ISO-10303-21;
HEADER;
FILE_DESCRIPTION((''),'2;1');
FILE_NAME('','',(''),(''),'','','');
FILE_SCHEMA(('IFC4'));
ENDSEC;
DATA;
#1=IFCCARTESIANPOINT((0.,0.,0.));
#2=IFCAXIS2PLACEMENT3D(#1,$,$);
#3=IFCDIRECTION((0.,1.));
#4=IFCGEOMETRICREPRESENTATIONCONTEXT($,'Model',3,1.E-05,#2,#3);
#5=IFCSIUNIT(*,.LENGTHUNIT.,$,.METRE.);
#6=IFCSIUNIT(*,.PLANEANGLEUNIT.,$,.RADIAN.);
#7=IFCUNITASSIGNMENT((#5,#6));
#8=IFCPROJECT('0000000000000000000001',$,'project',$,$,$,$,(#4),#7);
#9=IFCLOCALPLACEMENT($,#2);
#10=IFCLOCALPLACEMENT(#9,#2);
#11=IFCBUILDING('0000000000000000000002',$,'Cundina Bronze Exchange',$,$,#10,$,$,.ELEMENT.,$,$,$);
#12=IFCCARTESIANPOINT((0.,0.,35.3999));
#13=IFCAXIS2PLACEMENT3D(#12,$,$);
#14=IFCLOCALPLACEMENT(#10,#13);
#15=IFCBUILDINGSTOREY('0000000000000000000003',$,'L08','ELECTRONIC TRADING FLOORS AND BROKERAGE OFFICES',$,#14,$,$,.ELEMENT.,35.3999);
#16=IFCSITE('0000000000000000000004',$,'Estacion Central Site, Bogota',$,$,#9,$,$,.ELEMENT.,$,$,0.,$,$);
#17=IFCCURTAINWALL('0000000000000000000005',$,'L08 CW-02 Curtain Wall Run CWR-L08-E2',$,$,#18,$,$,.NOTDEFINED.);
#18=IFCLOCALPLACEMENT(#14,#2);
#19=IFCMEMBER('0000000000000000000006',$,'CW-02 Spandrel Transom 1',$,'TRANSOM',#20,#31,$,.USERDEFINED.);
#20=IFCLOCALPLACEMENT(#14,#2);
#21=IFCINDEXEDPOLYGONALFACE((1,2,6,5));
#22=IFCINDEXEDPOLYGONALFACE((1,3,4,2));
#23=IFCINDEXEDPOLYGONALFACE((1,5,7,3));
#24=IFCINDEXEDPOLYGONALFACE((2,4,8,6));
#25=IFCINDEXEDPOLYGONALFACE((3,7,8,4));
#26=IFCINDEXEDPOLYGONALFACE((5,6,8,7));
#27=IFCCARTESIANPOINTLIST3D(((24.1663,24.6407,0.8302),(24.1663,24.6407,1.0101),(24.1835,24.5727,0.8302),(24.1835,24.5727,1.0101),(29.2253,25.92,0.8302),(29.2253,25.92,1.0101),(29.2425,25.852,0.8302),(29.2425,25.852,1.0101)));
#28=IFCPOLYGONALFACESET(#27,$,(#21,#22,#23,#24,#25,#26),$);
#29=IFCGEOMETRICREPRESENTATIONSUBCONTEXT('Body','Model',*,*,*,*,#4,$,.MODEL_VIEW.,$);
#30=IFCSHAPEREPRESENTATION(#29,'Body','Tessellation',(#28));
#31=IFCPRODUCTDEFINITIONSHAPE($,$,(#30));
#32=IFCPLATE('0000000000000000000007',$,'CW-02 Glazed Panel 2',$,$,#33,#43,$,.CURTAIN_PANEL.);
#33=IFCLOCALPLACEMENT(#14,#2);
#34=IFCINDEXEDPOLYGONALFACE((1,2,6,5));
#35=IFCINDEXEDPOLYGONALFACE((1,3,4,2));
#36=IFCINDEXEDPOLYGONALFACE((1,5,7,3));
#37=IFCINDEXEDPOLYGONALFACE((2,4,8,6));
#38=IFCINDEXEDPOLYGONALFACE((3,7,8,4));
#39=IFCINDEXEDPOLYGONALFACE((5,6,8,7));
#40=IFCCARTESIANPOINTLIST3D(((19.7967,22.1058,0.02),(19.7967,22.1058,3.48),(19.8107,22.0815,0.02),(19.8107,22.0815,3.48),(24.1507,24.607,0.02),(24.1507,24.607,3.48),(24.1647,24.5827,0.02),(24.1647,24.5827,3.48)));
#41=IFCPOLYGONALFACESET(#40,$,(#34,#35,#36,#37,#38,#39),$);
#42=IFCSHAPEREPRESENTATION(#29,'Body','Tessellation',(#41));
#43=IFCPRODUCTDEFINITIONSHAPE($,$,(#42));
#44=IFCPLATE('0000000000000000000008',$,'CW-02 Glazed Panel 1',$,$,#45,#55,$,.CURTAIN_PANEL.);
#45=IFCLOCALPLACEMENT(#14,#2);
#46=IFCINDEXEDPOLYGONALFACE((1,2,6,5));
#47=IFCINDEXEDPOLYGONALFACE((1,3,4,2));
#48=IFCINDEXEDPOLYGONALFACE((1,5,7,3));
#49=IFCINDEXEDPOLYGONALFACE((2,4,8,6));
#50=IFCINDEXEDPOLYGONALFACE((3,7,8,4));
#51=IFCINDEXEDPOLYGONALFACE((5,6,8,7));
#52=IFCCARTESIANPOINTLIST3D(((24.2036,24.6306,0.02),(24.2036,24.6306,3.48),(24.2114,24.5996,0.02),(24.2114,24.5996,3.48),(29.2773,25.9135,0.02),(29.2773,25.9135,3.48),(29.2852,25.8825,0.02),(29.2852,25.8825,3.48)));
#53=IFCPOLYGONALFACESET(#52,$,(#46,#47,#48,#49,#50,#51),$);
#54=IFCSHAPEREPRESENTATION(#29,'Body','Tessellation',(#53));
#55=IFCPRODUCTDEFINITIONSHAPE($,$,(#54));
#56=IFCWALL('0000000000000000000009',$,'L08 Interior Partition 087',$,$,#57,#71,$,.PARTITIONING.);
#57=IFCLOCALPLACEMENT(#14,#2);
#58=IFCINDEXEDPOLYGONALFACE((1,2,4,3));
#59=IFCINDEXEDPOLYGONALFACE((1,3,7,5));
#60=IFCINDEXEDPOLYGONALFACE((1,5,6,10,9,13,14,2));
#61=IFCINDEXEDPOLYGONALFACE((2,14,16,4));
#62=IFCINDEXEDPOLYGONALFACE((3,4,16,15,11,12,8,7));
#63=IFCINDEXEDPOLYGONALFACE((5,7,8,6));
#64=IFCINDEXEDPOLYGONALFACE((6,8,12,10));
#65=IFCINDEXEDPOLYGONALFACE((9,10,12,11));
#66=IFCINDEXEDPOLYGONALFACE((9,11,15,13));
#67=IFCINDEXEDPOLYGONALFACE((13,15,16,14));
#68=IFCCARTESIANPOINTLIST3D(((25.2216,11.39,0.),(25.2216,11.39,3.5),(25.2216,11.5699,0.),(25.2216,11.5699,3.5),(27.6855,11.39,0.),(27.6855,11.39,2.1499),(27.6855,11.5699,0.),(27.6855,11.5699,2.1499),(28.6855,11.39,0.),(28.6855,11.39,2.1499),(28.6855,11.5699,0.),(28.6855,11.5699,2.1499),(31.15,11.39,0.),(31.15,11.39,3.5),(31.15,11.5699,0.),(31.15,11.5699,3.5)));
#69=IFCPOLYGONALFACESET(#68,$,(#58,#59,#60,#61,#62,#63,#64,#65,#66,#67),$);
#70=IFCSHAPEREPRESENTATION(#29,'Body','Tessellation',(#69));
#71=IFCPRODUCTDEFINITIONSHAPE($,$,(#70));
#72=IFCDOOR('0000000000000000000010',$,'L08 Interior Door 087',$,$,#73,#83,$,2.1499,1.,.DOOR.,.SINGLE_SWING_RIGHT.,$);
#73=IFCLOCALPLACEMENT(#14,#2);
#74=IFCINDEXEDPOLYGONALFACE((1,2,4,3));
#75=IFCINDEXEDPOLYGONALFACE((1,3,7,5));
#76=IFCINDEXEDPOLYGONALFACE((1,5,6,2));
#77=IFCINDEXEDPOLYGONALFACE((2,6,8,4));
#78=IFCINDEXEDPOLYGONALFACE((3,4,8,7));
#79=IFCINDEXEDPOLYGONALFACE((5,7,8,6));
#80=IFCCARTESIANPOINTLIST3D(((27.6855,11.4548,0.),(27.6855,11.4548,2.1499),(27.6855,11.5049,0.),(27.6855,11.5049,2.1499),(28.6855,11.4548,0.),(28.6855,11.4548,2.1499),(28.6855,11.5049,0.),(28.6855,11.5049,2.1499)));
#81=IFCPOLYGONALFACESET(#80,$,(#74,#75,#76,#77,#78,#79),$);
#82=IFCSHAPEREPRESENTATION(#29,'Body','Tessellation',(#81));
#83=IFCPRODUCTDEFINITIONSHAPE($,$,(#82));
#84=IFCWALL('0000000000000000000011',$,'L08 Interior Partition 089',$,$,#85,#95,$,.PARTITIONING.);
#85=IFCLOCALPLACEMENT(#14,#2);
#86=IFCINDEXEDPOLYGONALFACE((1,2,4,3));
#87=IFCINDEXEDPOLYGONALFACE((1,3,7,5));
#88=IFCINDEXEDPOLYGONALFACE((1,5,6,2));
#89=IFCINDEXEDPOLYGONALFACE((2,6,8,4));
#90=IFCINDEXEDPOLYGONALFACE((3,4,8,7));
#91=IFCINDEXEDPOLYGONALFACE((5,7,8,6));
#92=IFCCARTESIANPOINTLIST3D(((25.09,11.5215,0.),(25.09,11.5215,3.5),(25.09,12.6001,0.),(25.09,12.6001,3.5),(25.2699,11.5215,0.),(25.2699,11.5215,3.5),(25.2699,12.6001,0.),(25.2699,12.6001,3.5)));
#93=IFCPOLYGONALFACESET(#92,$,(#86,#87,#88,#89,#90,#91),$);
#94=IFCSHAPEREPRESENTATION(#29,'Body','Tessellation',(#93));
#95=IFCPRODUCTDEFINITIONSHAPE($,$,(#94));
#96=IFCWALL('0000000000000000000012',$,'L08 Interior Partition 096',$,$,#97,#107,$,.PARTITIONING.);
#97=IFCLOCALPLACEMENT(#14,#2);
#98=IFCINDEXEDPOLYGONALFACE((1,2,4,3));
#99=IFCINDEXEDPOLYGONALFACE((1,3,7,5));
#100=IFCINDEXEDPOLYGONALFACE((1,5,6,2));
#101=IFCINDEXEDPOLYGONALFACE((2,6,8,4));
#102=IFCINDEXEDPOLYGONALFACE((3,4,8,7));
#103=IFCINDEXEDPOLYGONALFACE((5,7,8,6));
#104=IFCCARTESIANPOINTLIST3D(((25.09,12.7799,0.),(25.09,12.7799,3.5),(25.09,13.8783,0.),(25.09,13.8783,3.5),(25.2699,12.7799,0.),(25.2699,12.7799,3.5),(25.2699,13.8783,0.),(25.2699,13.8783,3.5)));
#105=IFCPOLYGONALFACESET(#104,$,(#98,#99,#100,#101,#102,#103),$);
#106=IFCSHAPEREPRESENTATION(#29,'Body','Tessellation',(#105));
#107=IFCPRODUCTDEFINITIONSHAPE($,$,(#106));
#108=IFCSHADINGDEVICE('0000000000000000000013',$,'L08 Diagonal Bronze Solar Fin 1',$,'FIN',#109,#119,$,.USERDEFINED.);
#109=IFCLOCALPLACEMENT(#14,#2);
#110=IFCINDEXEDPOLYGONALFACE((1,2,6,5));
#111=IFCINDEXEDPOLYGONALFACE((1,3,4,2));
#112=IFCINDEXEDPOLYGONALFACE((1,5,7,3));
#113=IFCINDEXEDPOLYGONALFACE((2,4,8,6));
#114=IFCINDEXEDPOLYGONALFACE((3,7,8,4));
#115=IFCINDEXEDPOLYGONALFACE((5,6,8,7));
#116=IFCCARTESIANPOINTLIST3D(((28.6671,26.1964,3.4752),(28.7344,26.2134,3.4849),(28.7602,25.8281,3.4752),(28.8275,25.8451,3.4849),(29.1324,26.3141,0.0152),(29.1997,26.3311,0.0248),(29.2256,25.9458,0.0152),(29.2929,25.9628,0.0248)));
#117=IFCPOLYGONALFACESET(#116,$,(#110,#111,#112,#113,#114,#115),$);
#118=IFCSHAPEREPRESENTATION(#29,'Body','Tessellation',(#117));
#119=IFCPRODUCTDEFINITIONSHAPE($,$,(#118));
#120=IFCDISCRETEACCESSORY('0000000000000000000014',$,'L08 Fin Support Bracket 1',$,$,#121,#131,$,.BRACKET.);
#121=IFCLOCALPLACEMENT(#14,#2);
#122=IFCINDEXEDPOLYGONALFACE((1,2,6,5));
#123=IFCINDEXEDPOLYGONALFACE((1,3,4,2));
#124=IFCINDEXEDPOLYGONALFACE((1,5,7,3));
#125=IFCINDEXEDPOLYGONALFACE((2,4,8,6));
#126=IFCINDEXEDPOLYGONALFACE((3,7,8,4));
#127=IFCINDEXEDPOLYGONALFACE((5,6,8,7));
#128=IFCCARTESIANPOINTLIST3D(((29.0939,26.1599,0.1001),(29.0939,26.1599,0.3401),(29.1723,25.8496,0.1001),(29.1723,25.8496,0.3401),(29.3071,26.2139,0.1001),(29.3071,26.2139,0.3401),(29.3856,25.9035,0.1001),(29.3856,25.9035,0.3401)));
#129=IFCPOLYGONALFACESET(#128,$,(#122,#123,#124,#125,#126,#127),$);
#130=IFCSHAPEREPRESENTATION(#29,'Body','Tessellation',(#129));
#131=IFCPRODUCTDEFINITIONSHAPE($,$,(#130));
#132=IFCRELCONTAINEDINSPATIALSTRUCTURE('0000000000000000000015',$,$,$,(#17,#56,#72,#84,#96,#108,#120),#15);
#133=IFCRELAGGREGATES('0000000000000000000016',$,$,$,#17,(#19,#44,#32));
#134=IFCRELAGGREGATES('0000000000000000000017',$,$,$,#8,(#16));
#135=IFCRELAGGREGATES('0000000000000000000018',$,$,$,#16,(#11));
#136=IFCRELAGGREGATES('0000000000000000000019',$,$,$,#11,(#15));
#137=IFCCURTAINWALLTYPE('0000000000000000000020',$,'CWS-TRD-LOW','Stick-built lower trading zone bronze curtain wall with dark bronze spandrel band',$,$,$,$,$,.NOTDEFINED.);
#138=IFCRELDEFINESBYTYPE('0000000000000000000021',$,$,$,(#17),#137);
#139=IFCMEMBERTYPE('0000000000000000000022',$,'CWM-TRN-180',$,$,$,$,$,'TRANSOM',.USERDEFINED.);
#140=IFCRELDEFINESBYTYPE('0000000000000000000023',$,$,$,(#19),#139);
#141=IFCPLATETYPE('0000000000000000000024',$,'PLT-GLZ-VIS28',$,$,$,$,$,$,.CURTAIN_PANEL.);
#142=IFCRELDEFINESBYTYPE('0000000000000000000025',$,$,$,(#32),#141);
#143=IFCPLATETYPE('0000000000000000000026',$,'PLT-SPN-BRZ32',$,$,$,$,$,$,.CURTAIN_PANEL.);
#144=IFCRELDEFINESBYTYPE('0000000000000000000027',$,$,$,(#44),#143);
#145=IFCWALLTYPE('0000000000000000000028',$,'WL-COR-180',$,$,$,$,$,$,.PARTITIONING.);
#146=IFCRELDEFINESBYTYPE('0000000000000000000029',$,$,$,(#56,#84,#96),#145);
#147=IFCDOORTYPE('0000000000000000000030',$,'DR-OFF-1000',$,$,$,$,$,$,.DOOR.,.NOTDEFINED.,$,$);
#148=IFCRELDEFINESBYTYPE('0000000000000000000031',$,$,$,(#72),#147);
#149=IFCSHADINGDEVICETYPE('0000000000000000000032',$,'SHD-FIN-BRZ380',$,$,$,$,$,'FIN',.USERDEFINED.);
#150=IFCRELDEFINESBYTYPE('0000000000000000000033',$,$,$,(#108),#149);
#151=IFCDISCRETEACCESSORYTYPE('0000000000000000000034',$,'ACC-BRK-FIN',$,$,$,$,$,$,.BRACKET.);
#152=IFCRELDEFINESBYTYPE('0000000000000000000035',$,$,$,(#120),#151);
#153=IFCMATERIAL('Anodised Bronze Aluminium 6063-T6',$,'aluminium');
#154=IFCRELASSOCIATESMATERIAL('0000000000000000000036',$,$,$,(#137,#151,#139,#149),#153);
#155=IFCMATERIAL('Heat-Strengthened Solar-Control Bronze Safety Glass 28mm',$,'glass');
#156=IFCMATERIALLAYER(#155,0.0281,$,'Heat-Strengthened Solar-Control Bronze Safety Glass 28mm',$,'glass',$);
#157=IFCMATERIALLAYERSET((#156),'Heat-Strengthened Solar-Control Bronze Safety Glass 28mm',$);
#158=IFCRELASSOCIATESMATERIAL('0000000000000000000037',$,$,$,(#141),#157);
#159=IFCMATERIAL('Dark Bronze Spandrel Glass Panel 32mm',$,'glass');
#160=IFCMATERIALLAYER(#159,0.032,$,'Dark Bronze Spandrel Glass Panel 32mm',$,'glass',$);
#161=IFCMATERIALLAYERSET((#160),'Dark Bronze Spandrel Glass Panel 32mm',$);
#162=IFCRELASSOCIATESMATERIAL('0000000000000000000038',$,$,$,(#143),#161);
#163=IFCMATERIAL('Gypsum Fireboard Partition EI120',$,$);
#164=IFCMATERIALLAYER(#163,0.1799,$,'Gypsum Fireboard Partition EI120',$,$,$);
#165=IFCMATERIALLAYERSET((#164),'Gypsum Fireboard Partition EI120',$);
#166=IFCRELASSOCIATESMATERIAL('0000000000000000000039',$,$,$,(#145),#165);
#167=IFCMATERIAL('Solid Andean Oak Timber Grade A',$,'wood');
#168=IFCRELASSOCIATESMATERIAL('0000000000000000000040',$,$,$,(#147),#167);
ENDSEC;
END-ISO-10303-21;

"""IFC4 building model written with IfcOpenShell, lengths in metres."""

from ifc_helpers import new_model, si_unit, direction, frame, frame_2d, origin, origin_2d, place, context, subcontext, project, spatial, rectangle, extrude, material, layer, layer_set, material_profile, profile_set, type_object, element, fill, aggregate, save


model = new_model("IFC4")

# Units and contexts
model_context = context("Model", 3, precision=1e-05, world=origin(), true_north=direction((0.0, 1.0)))
body_context = subcontext(model_context, "Body", "Model", "MODEL_VIEW")
ifc_project = project(units=[si_unit("LENGTHUNIT", "METRE"), si_unit("PLANEANGLEUNIT", "RADIAN")], contexts=[model_context])

# Site, building, storey
site_placement = place(None, origin())
site = spatial("IfcSite", under=ifc_project, at=site_placement, Name="Estacion Central Site, Bogota", CompositionType="ELEMENT", RefElevation=0.0)
building_placement = place(site_placement, origin())
building = spatial("IfcBuilding", under=site, at=building_placement, Name="Cundina Bronze Exchange", CompositionType="ELEMENT")
storey_placement = place(building_placement, frame((0.0, 0.0, 35.3999)))
storey = spatial("IfcBuildingStorey", under=building, at=storey_placement, Name="L08", Description="ELECTRONIC TRADING FLOORS AND BROKERAGE OFFICES", CompositionType="ELEMENT", Elevation=35.3999)

# Shared definitions
ifc_material_1 = material(Name="Anodised Bronze Aluminium 6063-T6", Category="aluminium")
curtain_wall_type = type_object("IfcCurtainWallType", Name="CWS-TRD-LOW", Description="Stick-built lower trading zone bronze curtain wall with dark bronze spandrel band", PredefinedType="NOTDEFINED", material=ifc_material_1)

# Curtain wall, member, plates
curtain_wall_1_placement = place(storey_placement, origin())
curtain_wall_1 = element("IfcCurtainWall", 1, at=curtain_wall_1_placement, inside=storey, type_object=curtain_wall_type, Name="L08 CW-02 Curtain Wall Run CWR-L08-E2", PredefinedType="NOTDEFINED")
ifc_material_profile_1 = material_profile(ifc_material_1, rectangle(XDim=0.0701, YDim=0.1799, at=origin_2d()), Name="AL70X180", Category="aluminium")
ifc_profile_set_1 = profile_set([ifc_material_profile_1], Name="Anodised Bronze Aluminium 6063-T6")
member_type_1 = type_object("IfcMemberType", Name="CWM-TRN-180", ElementType="TRANSOM", PredefinedType="USERDEFINED", material=ifc_profile_set_1)
member_1_placement = place(storey_placement, frame((29.2339, 25.886, 0.9202), z_axis=(-0.969484, -0.245155, 0.0), x_axis=(0.245155, -0.969484, 0.0)))
member_1 = element("IfcMember", 2, at=member_1_placement, type_object=member_type_1, Name="CW-02 Spandrel Transom 1", ObjectType="TRANSOM", PredefinedType="USERDEFINED", context=body_context, shape_type="SweptSolid", body=[
    extrude(rectangle(XDim=0.0701, YDim=0.1799, at=origin_2d()), origin(), (0.0, 0.0, 1.0), 5.2183),
])
ifc_material_2 = material(Name="Heat-Strengthened Solar-Control Bronze Safety Glass 28mm", Category="glass")
ifc_layer_1 = layer(ifc_material_2, 0.0281, Name="Heat-Strengthened Solar-Control Bronze Safety Glass 28mm", Category="glass")
ifc_layer_set_1 = layer_set([ifc_layer_1], Name="Heat-Strengthened Solar-Control Bronze Safety Glass 28mm")
plate_type_1 = type_object("IfcPlateType", Name="PLT-GLZ-VIS28", PredefinedType="CURTAIN_PANEL", material=ifc_layer_set_1)
plate_1_placement = place(storey_placement, frame((21.9807, 23.3442, 0.02), z_axis=(0.0, 0.0, 1.0), x_axis=(-0.867105, -0.498125, 0.0)))
plate_1 = element("IfcPlate", 3, at=plate_1_placement, type_object=plate_type_1, Name="CW-02 Glazed Panel 2", PredefinedType="CURTAIN_PANEL", context=body_context, shape_type="SweptSolid", body=[
    extrude(rectangle(XDim=5.0212, YDim=0.0281, at=origin_2d()), origin(), (0.0, 0.0, 1.0), 3.46),
])
ifc_material_3 = material(Name="Dark Bronze Spandrel Glass Panel 32mm", Category="glass")
ifc_layer_2 = layer(ifc_material_3, 0.032, Name="Dark Bronze Spandrel Glass Panel 32mm", Category="glass")
ifc_layer_set_2 = layer_set([ifc_layer_2], Name="Dark Bronze Spandrel Glass Panel 32mm")
plate_type_2 = type_object("IfcPlateType", Name="PLT-SPN-BRZ32", PredefinedType="CURTAIN_PANEL", material=ifc_layer_set_2)
plate_2_placement = place(storey_placement, frame((26.7444, 25.2566, 0.02), z_axis=(0.0, 0.0, 1.0), x_axis=(-0.969488, -0.245138, 0.0)))
plate_2 = element("IfcPlate", 4, at=plate_2_placement, type_object=plate_type_2, Name="CW-02 Glazed Panel 1", PredefinedType="CURTAIN_PANEL", context=body_context, shape_type="SweptSolid", body=[
    extrude(rectangle(XDim=5.2334, YDim=0.032, at=origin_2d()), origin(), (0.0, 0.0, 1.0), 3.46),
])
aggregate(curtain_wall_1, [member_1, plate_2, plate_1])

# Wall, opening, door
ifc_material_4 = material(Name="Gypsum Fireboard Partition EI120")
ifc_layer_3 = layer(ifc_material_4, 0.1799, Name="Gypsum Fireboard Partition EI120")
ifc_layer_set_3 = layer_set([ifc_layer_3], Name="Gypsum Fireboard Partition EI120")
wall_type = type_object("IfcWallType", Name="WL-COR-180", PredefinedType="PARTITIONING", material=ifc_layer_set_3)
wall_1_placement = place(storey_placement, frame((25.2214, 11.48, 0.0), z_axis=(0.0, 0.0, 1.0), x_axis=(1.0, 0.0, 0.0)))
wall_1 = element("IfcWall", 5, at=wall_1_placement, inside=storey, type_object=wall_type, Name="L08 Interior Partition 087", PredefinedType="PARTITIONING", context=body_context, shape_type="SweptSolid", body=[
    extrude(rectangle(XDim=5.9285, YDim=0.1799, at=frame_2d((2.9644, 0.0))), origin(), (0.0, 0.0, 1.0), 3.5),
])
opening_placement = place(wall_1_placement, frame((2.4641, 0.0, 0.0)))
opening = element("IfcOpeningElement", 6, at=opening_placement, cuts=wall_1, PredefinedType="OPENING", context=body_context, shape_type="SweptSolid", body=[
    extrude(rectangle(XDim=1.0, YDim=2.1499, at=frame_2d((0.5, 1.075))), frame((0.0, 0.0999, 0.0), z_axis=(0.0, -1.0, 0.0), x_axis=(1.0, 0.0, 0.0)), (0.0, 0.0, 1.0), 0.2),
])
ifc_material_5 = material(Name="Solid Andean Oak Timber Grade A", Category="wood")
door_type = type_object("IfcDoorType", Name="DR-OFF-1000", OperationType="NOTDEFINED", PredefinedType="DOOR", material=ifc_material_5)
door_placement = place(opening_placement, origin())
door = element("IfcDoor", 7, at=door_placement, inside=storey, type_object=door_type, Name="L08 Interior Door 087", OperationType="SINGLE_SWING_RIGHT", OverallHeight=2.1499, OverallWidth=1.0, PredefinedType="DOOR", context=body_context, shape_type="SweptSolid", body=[
    extrude(rectangle(XDim=1.0, YDim=2.1499, at=frame_2d((0.5, 1.075))), frame((0.0, 0.0249, 0.0), z_axis=(0.0, -1.0, 0.0), x_axis=(1.0, 0.0, 0.0)), (0.0, 0.0, 1.0), 0.05),
])
fill(opening, door)

# Walls
wall_2_placement = place(storey_placement, frame((25.1799, 12.6001, 0.0), z_axis=(0.0, 0.0, 1.0), x_axis=(0.0, -1.0, 0.0)))
element("IfcWall", 8, at=wall_2_placement, inside=storey, type_object=wall_type, Name="L08 Interior Partition 089", PredefinedType="PARTITIONING", context=body_context, shape_type="SweptSolid", body=[
    extrude(rectangle(XDim=1.0786, YDim=0.1799, at=frame_2d((0.5393, 0.0))), origin(), (0.0, 0.0, 1.0), 3.5),
])
wall_3_placement = place(storey_placement, frame((25.1799, 13.8784, 0.0), z_axis=(0.0, 0.0, 1.0), x_axis=(0.0, -1.0, 0.0)))
element("IfcWall", 9, at=wall_3_placement, inside=storey, type_object=wall_type, Name="L08 Interior Partition 096", PredefinedType="PARTITIONING", context=body_context, shape_type="SweptSolid", body=[
    extrude(rectangle(XDim=1.0984, YDim=0.1799, at=frame_2d((0.5493, 0.0))), origin(), (0.0, 0.0, 1.0), 3.5),
])

# Shading device
ifc_material_profile_2 = material_profile(ifc_material_1, rectangle(XDim=0.0701, YDim=0.3799, at=origin_2d()), Name="FIN70X380", Category="aluminium")
ifc_profile_set_2 = profile_set([ifc_material_profile_2], Name="Anodised Bronze Aluminium 6063-T6")
shading_device_type = type_object("IfcShadingDeviceType", Name="SHD-FIN-BRZ380", ElementType="FIN", PredefinedType="USERDEFINED", material=ifc_profile_set_2)
shading_device_placement = place(storey_placement, frame((29.2126, 26.1384, 0.02), z_axis=(-0.133215, -0.033688, 0.990514), x_axis=(0.960285, 0.242842, 0.137408)))
element("IfcShadingDevice", 10, at=shading_device_placement, inside=storey, type_object=shading_device_type, Name="L08 Diagonal Bronze Solar Fin 1", ObjectType="FIN", PredefinedType="USERDEFINED", context=body_context, shape_type="SweptSolid", body=[
    extrude(rectangle(XDim=0.0701, YDim=0.3799, at=origin_2d()), origin(), (0.0, 0.0, 1.0), 3.4932),
])

# Discrete accessory
discrete_accessory_type = type_object("IfcDiscreteAccessoryType", Name="ACC-BRK-FIN", PredefinedType="BRACKET", material=ifc_material_1)
discrete_accessory_placement = place(storey_placement, frame((29.2397, 26.0317, 0.1001), z_axis=(0.0, 0.0, 1.0), x_axis=(-0.969488, -0.245138, 0.0)))
element("IfcDiscreteAccessory", 11, at=discrete_accessory_placement, inside=storey, type_object=discrete_accessory_type, Name="L08 Fin Support Bracket 1", PredefinedType="BRACKET", context=body_context, shape_type="SweptSolid", body=[
    extrude(rectangle(XDim=0.22, YDim=0.3201, at=origin_2d()), origin(), (0.0, 0.0, 1.0), 0.24),
])

save(model, "model.ifc")
